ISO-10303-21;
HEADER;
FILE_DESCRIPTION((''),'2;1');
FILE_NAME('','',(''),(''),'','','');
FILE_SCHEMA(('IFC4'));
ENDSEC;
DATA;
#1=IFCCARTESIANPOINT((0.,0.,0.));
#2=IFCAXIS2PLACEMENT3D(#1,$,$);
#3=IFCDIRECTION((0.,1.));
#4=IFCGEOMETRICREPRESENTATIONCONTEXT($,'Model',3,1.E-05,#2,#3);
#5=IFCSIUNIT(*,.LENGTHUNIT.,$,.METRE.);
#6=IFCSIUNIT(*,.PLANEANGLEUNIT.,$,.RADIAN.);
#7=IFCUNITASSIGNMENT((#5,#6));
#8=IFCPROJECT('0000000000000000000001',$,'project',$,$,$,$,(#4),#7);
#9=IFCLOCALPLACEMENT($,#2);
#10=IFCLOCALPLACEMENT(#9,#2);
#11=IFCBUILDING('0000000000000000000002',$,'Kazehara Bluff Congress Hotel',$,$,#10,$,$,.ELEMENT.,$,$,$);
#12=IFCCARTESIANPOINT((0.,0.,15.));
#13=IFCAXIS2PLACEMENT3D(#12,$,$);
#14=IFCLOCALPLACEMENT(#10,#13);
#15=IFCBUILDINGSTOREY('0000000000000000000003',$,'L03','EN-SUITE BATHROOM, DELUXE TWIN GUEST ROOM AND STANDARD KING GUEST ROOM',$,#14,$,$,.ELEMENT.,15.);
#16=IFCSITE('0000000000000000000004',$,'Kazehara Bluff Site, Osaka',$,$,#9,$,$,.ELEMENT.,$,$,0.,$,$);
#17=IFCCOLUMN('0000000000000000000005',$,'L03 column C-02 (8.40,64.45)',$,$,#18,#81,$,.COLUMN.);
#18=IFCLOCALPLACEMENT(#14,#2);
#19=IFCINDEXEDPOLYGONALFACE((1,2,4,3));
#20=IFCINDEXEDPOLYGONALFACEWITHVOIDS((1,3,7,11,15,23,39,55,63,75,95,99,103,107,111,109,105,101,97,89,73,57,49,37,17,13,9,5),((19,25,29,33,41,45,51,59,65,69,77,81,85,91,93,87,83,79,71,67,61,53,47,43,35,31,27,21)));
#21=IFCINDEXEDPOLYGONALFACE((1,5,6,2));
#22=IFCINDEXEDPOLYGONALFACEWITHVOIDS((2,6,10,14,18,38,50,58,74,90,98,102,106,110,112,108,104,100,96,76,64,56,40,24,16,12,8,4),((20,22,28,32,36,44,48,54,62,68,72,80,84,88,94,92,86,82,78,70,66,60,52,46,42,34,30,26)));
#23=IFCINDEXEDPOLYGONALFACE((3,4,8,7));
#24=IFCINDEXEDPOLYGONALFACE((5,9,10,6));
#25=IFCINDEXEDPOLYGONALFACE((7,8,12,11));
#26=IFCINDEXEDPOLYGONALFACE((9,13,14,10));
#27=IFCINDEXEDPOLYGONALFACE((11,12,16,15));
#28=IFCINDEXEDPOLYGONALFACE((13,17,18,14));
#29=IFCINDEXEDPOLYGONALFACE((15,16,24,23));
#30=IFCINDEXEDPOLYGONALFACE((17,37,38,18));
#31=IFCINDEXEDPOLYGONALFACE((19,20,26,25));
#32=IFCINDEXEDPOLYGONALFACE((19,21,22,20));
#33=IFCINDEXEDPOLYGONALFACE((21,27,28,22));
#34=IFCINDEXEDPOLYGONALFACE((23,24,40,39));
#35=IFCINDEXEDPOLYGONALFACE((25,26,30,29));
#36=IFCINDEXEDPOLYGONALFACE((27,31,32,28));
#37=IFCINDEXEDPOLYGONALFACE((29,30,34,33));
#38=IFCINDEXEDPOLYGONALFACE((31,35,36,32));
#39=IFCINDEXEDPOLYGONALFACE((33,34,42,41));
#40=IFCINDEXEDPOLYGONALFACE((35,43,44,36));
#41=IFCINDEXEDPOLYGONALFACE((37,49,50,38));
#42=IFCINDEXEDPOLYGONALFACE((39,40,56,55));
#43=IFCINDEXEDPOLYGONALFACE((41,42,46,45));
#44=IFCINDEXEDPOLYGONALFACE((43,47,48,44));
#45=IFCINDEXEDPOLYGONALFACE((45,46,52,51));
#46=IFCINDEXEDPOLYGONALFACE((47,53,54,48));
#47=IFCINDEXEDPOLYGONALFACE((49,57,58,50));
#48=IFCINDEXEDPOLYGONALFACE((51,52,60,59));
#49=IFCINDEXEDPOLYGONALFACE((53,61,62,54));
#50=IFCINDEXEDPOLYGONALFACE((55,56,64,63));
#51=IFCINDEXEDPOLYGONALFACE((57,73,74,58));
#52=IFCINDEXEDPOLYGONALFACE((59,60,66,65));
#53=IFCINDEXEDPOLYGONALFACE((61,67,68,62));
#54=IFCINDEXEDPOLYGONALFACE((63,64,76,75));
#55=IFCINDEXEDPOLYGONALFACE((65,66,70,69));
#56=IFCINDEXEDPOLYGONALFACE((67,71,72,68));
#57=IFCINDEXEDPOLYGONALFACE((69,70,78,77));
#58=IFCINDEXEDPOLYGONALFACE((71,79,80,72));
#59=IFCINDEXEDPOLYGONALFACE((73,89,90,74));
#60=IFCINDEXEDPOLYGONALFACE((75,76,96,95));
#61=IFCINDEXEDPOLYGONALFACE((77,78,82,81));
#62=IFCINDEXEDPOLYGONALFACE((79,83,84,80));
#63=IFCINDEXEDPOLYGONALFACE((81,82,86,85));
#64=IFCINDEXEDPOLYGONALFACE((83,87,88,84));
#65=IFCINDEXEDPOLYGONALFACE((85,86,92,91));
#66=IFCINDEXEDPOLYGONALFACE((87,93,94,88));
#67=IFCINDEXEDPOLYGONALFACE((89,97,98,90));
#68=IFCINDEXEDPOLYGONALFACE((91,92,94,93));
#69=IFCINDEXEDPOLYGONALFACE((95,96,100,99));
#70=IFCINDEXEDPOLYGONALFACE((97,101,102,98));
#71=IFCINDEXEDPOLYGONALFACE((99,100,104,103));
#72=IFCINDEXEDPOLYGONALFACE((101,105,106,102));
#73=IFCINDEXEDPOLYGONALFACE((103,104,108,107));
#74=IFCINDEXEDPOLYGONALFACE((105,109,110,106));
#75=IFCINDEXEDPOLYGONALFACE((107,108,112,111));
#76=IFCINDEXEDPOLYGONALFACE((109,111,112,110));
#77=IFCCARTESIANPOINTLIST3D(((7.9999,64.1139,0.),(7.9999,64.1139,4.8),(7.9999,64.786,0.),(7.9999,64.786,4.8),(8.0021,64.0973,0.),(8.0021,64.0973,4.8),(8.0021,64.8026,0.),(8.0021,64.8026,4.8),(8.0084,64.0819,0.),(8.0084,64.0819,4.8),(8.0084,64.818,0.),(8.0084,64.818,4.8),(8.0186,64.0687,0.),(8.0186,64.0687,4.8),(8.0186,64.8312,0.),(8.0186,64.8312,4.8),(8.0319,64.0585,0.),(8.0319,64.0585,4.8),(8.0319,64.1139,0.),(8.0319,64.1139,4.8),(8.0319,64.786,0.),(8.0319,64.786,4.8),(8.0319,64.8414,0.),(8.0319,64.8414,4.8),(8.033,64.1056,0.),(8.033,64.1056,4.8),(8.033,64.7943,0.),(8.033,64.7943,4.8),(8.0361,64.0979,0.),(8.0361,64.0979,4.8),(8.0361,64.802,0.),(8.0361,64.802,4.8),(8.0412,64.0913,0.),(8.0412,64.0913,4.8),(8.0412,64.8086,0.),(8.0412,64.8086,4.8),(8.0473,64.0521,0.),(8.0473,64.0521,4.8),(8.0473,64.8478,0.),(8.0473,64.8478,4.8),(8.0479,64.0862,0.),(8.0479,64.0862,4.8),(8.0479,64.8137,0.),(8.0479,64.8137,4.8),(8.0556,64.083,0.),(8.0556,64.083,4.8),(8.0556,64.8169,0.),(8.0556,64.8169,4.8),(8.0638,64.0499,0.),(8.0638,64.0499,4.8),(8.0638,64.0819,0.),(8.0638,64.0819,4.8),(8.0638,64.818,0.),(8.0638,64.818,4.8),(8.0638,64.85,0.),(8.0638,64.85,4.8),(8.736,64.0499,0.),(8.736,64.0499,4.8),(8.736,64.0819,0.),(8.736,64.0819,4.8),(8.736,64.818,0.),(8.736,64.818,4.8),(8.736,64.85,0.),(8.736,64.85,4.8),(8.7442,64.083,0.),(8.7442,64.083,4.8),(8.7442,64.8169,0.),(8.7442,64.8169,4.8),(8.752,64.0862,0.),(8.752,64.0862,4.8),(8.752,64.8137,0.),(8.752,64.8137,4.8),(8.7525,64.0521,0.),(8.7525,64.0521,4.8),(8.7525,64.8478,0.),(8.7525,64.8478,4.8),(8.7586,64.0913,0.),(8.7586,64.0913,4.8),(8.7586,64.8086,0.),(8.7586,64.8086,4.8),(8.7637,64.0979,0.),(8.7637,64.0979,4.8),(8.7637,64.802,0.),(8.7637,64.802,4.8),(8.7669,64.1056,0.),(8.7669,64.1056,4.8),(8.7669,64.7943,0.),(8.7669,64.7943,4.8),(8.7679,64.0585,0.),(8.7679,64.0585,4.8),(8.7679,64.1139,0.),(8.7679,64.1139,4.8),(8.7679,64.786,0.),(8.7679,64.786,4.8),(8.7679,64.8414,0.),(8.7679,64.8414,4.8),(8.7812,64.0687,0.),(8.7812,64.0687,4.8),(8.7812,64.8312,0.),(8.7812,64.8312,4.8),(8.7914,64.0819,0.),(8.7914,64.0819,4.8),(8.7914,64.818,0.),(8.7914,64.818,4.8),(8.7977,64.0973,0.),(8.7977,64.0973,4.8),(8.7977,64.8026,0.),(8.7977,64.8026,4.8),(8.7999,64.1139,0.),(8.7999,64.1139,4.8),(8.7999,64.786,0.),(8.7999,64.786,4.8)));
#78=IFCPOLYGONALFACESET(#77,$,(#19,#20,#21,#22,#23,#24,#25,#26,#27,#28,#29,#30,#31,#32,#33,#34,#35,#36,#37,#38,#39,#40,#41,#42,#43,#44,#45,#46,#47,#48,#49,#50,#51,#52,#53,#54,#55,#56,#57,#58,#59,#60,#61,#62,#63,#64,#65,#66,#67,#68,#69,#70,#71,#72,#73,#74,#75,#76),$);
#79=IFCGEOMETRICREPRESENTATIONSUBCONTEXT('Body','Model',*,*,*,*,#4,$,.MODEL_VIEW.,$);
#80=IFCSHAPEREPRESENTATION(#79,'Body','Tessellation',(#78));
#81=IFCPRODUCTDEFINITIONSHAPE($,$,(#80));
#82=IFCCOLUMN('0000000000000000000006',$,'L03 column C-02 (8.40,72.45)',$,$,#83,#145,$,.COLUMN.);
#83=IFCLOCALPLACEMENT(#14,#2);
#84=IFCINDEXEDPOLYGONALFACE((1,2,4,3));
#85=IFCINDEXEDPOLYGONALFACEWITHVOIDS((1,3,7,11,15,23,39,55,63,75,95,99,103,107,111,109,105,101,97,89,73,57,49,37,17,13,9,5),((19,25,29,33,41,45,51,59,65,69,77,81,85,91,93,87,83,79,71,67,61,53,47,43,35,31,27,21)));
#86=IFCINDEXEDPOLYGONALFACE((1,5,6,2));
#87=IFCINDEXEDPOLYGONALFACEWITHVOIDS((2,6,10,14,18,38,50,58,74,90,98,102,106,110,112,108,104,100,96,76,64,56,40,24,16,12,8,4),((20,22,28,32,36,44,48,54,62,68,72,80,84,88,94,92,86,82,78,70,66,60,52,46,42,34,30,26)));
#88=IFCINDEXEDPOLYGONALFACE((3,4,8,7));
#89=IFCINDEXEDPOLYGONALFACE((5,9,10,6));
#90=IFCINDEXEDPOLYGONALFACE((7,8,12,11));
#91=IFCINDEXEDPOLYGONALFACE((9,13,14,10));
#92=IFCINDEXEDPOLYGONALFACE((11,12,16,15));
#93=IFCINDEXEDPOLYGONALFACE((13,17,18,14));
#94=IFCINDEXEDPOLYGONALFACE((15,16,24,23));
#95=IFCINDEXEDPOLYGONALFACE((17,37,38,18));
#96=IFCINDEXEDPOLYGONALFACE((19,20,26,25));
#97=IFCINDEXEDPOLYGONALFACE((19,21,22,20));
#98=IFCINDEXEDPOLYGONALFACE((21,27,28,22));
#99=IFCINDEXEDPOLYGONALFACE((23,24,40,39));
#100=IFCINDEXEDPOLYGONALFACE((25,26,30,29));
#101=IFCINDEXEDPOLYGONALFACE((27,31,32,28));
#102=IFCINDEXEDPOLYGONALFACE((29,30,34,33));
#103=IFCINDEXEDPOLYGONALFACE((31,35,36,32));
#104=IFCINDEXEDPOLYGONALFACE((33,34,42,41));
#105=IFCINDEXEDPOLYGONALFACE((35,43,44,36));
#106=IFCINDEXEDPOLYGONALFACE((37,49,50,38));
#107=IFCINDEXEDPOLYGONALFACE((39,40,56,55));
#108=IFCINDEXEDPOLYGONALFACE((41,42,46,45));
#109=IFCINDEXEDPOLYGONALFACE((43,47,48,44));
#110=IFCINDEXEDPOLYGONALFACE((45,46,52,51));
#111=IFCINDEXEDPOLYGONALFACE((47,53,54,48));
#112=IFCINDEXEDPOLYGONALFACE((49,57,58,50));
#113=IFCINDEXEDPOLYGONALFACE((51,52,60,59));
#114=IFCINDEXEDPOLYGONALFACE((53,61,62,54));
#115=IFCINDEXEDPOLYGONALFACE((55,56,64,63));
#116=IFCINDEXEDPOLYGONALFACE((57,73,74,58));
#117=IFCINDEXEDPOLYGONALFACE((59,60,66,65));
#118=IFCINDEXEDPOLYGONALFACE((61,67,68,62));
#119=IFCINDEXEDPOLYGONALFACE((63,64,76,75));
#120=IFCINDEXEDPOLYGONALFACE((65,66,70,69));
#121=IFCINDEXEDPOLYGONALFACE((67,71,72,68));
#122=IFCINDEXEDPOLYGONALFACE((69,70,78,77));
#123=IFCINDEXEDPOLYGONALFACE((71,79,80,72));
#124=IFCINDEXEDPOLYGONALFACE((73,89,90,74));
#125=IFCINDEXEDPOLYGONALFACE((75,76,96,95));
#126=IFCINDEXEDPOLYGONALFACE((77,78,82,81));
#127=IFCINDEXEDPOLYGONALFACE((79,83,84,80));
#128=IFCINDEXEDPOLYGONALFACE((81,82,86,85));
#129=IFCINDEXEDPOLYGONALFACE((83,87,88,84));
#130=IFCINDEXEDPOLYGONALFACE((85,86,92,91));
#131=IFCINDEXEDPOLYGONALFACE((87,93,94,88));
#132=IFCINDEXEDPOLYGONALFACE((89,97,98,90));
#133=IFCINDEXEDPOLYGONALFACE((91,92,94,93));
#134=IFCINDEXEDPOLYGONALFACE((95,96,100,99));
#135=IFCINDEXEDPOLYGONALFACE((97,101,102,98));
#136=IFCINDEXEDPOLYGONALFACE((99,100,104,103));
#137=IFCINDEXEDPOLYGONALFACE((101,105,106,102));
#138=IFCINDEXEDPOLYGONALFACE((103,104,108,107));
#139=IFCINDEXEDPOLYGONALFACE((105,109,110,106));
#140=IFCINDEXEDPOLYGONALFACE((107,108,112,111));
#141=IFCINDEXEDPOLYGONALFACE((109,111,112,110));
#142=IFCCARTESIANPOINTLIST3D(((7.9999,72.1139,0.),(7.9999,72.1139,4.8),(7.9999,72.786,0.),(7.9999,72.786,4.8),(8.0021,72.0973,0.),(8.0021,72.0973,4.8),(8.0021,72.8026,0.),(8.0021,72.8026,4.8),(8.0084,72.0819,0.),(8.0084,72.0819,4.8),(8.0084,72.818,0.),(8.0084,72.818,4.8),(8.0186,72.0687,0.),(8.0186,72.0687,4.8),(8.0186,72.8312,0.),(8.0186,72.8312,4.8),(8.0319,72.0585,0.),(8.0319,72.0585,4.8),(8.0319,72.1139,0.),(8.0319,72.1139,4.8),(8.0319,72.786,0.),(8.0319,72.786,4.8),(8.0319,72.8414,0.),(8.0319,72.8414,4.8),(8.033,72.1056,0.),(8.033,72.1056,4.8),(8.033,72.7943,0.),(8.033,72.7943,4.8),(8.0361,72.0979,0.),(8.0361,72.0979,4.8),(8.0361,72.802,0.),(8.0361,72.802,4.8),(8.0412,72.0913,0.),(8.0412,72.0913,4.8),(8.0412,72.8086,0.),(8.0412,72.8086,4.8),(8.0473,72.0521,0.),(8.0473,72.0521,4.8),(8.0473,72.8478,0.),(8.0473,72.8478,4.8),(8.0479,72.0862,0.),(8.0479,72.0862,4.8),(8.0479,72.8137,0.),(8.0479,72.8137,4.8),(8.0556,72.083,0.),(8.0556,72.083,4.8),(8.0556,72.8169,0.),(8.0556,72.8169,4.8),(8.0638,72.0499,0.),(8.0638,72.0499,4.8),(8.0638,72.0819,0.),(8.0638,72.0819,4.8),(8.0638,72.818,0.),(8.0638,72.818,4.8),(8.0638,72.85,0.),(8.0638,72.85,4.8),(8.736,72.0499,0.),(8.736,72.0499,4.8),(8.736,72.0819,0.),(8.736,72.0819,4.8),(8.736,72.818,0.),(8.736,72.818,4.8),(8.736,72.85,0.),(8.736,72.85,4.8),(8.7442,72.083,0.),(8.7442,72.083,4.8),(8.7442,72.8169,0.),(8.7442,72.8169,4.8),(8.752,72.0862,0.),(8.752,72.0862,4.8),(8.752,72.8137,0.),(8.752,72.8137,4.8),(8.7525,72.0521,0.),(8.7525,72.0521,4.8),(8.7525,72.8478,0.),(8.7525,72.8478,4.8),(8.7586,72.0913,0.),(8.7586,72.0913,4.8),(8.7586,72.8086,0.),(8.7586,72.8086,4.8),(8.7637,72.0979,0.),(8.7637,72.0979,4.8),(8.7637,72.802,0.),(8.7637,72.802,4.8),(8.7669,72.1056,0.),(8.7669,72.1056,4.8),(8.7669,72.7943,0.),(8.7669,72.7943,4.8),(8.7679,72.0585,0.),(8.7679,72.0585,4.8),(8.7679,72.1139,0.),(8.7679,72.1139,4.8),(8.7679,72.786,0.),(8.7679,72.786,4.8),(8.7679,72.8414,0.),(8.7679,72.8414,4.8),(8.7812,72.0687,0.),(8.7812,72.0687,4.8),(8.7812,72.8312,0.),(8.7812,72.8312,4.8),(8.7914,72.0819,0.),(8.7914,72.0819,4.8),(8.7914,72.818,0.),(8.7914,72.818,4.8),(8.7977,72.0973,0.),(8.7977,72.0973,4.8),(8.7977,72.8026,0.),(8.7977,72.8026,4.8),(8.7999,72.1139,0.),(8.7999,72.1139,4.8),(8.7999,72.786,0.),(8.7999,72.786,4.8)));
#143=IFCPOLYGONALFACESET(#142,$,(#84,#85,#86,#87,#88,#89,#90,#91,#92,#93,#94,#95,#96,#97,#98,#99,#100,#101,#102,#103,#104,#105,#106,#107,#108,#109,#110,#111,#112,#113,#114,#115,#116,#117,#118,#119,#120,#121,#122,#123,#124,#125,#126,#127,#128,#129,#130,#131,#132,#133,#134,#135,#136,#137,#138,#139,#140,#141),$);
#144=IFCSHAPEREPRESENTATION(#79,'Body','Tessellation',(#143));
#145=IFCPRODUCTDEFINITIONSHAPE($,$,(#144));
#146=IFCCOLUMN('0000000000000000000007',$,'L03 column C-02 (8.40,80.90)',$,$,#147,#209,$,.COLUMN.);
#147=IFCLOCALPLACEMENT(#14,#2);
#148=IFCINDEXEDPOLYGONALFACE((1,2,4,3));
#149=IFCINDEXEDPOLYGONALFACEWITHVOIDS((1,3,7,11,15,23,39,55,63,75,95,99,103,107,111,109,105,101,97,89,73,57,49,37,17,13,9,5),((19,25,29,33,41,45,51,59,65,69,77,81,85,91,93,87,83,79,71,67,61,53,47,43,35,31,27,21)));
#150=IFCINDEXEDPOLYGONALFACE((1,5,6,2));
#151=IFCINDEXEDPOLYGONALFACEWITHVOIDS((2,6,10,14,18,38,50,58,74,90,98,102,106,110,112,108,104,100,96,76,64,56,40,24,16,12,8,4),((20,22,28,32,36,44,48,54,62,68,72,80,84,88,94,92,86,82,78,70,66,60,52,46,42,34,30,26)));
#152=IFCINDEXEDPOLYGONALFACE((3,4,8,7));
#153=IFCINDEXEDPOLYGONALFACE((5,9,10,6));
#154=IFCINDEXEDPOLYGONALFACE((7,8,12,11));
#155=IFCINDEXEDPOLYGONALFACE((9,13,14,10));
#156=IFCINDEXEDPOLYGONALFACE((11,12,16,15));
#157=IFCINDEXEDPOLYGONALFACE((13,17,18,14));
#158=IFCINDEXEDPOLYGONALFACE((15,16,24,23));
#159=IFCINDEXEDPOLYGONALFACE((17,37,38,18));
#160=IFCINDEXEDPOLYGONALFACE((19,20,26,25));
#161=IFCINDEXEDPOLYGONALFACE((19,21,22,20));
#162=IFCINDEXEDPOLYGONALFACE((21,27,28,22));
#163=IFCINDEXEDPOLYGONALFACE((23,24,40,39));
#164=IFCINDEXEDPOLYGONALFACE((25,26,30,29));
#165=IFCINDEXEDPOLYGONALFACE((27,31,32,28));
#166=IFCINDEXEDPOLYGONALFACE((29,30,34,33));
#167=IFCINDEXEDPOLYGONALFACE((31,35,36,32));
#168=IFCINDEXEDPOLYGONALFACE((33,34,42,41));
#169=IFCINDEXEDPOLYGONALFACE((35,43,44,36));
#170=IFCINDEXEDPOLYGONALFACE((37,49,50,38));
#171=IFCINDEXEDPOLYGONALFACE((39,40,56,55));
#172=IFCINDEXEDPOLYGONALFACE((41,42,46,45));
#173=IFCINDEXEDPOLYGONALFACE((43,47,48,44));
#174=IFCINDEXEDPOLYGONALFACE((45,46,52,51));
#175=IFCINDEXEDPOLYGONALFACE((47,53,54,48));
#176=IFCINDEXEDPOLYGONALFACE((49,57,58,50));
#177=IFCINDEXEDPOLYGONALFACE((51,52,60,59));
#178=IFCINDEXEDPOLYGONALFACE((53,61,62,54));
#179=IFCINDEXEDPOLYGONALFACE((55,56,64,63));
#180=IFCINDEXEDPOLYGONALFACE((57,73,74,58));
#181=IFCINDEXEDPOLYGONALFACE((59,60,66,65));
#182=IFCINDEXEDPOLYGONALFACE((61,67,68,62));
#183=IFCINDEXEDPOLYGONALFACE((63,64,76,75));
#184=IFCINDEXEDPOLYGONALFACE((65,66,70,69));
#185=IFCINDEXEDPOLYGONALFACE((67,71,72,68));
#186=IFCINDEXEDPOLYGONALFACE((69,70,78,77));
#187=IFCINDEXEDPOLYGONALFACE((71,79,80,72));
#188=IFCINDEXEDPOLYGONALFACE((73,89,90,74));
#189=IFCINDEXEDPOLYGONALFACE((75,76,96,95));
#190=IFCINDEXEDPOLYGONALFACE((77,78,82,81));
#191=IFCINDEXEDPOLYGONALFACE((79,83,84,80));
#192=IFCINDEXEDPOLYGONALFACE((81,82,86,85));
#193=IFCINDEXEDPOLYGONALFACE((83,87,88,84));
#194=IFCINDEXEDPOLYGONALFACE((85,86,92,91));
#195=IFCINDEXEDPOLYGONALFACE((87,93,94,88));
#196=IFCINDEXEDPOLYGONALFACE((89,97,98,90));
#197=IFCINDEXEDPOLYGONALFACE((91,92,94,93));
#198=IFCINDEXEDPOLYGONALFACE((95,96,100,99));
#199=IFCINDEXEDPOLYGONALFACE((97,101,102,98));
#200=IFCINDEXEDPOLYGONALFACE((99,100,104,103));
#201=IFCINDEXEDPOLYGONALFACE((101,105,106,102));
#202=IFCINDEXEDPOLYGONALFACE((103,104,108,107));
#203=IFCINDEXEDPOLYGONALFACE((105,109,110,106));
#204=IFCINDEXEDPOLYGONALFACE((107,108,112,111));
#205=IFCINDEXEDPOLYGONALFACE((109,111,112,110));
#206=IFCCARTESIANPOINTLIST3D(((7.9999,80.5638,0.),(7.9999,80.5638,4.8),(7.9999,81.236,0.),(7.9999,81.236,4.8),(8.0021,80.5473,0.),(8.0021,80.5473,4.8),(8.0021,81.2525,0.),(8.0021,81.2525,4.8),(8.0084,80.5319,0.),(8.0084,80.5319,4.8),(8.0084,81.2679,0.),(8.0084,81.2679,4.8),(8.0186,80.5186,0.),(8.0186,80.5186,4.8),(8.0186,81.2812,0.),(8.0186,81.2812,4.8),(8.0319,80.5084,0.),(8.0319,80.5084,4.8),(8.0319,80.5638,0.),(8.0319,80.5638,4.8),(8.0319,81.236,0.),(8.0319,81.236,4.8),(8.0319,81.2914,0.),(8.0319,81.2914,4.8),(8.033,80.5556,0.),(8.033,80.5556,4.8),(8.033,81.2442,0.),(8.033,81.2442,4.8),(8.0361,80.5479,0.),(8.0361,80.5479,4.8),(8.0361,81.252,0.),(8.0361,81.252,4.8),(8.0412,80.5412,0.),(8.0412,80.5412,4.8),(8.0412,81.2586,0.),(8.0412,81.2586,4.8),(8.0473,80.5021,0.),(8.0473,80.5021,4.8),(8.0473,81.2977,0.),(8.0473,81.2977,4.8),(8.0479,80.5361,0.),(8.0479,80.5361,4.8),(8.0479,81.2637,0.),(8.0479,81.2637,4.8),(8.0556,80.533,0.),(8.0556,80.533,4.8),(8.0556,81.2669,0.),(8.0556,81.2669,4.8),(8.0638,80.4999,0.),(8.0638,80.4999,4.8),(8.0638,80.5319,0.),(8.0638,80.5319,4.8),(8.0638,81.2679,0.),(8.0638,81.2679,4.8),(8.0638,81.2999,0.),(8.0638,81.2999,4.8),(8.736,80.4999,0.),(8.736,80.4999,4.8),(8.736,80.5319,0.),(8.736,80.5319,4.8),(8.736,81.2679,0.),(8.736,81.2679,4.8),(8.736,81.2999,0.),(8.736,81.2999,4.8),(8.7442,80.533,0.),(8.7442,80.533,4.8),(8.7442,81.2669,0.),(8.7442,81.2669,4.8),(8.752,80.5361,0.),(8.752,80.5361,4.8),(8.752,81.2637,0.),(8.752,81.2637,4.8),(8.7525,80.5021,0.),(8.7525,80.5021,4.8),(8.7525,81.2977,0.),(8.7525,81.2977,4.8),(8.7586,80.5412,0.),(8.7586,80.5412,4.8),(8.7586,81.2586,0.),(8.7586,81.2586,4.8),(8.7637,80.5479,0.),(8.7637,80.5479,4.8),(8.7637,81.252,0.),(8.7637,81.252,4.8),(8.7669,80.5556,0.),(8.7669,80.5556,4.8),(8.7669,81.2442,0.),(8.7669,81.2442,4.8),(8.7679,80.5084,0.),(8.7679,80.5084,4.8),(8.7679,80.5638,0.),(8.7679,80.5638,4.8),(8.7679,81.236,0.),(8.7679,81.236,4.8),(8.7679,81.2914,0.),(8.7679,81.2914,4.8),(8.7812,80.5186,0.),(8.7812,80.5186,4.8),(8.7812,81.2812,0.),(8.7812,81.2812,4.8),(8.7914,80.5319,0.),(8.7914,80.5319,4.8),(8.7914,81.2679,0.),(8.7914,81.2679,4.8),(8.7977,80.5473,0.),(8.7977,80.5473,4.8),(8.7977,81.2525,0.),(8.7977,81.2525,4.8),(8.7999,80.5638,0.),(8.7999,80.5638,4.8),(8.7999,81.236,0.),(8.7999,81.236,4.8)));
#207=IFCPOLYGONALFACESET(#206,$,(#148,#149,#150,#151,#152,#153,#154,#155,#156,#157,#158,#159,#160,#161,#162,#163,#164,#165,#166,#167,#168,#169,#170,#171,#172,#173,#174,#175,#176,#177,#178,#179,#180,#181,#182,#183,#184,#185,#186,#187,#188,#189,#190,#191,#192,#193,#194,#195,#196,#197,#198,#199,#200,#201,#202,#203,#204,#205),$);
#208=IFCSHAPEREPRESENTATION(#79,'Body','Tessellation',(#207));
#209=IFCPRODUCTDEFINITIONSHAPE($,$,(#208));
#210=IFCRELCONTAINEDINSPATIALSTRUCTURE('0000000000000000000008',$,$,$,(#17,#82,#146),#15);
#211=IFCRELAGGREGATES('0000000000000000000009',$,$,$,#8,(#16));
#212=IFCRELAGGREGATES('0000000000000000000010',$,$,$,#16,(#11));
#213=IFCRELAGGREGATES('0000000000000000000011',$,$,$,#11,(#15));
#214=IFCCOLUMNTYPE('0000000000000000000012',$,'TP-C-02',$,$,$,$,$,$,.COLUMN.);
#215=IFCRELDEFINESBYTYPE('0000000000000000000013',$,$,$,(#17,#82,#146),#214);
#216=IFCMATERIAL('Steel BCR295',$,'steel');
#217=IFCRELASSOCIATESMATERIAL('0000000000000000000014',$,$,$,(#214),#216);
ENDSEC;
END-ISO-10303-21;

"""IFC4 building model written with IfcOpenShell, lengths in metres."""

from ifc_helpers import new_model, si_unit, direction, frame, origin, origin_2d, place, context, subcontext, project, spatial, hollow_rectangle, extrude, material, material_profile, profile_set, type_object, element, save


model = new_model("IFC4")

# Units and contexts
model_context = context("Model", 3, precision=1e-05, world=origin(), true_north=direction((0.0, 1.0)))
body_context = subcontext(model_context, "Body", "Model", "MODEL_VIEW")
ifc_project = project(units=[si_unit("LENGTHUNIT", "METRE"), si_unit("PLANEANGLEUNIT", "RADIAN")], contexts=[model_context])

# Site, building, storey
site_placement = place(None, origin())
site = spatial("IfcSite", under=ifc_project, at=site_placement, Name="Kazehara Bluff Site, Osaka", CompositionType="ELEMENT", RefElevation=0.0)
building_placement = place(site_placement, origin())
building = spatial("IfcBuilding", under=site, at=building_placement, Name="Kazehara Bluff Congress Hotel", CompositionType="ELEMENT")
storey_placement = place(building_placement, frame((0.0, 0.0, 15.0)))
storey = spatial("IfcBuildingStorey", under=building, at=storey_placement, Name="L03", Description="EN-SUITE BATHROOM, DELUXE TWIN GUEST ROOM AND STANDARD KING GUEST ROOM", CompositionType="ELEMENT", Elevation=15.0)

# Columns
ifc_material_1 = material(Name="Steel BCR295", Category="steel")
ifc_material_profile_1 = material_profile(ifc_material_1, hollow_rectangle(XDim=0.8, YDim=0.8, WallThickness=0.032, InnerFilletRadius=0.032, OuterFilletRadius=0.064, at=origin_2d()))
ifc_profile_set_1 = profile_set([ifc_material_profile_1], Name="Steel BCR295")
column_type = type_object("IfcColumnType", Name="TP-C-02", PredefinedType="COLUMN", material=ifc_profile_set_1)
for number, where, z_axis, x_axis, name in (
    (1, (8.3999, 64.45, 0.0), (0.0, 0.0, 1.0), (1.0, 0.0, 0.0), "L03 column C-02 (8.40,64.45)"),
    (2, (8.3999, 72.45, 0.0), (0.0, 0.0, 1.0), (1.0, 0.0, 0.0), "L03 column C-02 (8.40,72.45)"),
    (3, (8.3999, 80.8999, 0.0), (0.0, 0.0, 1.0), (1.0, 0.0, 0.0), "L03 column C-02 (8.40,80.90)"),
):
    element("IfcColumn", number, at=place(storey_placement, frame(where, z_axis=z_axis, x_axis=x_axis)), inside=storey, type_object=column_type, Name=name, PredefinedType="COLUMN", context=body_context, shape_type="SweptSolid", body=[
        extrude(hollow_rectangle(XDim=0.8, YDim=0.8, WallThickness=0.032, InnerFilletRadius=0.032, OuterFilletRadius=0.064, at=origin_2d()), origin(), (0.0, 0.0, 1.0), 4.8),
    ])

save(model, "model.ifc")
